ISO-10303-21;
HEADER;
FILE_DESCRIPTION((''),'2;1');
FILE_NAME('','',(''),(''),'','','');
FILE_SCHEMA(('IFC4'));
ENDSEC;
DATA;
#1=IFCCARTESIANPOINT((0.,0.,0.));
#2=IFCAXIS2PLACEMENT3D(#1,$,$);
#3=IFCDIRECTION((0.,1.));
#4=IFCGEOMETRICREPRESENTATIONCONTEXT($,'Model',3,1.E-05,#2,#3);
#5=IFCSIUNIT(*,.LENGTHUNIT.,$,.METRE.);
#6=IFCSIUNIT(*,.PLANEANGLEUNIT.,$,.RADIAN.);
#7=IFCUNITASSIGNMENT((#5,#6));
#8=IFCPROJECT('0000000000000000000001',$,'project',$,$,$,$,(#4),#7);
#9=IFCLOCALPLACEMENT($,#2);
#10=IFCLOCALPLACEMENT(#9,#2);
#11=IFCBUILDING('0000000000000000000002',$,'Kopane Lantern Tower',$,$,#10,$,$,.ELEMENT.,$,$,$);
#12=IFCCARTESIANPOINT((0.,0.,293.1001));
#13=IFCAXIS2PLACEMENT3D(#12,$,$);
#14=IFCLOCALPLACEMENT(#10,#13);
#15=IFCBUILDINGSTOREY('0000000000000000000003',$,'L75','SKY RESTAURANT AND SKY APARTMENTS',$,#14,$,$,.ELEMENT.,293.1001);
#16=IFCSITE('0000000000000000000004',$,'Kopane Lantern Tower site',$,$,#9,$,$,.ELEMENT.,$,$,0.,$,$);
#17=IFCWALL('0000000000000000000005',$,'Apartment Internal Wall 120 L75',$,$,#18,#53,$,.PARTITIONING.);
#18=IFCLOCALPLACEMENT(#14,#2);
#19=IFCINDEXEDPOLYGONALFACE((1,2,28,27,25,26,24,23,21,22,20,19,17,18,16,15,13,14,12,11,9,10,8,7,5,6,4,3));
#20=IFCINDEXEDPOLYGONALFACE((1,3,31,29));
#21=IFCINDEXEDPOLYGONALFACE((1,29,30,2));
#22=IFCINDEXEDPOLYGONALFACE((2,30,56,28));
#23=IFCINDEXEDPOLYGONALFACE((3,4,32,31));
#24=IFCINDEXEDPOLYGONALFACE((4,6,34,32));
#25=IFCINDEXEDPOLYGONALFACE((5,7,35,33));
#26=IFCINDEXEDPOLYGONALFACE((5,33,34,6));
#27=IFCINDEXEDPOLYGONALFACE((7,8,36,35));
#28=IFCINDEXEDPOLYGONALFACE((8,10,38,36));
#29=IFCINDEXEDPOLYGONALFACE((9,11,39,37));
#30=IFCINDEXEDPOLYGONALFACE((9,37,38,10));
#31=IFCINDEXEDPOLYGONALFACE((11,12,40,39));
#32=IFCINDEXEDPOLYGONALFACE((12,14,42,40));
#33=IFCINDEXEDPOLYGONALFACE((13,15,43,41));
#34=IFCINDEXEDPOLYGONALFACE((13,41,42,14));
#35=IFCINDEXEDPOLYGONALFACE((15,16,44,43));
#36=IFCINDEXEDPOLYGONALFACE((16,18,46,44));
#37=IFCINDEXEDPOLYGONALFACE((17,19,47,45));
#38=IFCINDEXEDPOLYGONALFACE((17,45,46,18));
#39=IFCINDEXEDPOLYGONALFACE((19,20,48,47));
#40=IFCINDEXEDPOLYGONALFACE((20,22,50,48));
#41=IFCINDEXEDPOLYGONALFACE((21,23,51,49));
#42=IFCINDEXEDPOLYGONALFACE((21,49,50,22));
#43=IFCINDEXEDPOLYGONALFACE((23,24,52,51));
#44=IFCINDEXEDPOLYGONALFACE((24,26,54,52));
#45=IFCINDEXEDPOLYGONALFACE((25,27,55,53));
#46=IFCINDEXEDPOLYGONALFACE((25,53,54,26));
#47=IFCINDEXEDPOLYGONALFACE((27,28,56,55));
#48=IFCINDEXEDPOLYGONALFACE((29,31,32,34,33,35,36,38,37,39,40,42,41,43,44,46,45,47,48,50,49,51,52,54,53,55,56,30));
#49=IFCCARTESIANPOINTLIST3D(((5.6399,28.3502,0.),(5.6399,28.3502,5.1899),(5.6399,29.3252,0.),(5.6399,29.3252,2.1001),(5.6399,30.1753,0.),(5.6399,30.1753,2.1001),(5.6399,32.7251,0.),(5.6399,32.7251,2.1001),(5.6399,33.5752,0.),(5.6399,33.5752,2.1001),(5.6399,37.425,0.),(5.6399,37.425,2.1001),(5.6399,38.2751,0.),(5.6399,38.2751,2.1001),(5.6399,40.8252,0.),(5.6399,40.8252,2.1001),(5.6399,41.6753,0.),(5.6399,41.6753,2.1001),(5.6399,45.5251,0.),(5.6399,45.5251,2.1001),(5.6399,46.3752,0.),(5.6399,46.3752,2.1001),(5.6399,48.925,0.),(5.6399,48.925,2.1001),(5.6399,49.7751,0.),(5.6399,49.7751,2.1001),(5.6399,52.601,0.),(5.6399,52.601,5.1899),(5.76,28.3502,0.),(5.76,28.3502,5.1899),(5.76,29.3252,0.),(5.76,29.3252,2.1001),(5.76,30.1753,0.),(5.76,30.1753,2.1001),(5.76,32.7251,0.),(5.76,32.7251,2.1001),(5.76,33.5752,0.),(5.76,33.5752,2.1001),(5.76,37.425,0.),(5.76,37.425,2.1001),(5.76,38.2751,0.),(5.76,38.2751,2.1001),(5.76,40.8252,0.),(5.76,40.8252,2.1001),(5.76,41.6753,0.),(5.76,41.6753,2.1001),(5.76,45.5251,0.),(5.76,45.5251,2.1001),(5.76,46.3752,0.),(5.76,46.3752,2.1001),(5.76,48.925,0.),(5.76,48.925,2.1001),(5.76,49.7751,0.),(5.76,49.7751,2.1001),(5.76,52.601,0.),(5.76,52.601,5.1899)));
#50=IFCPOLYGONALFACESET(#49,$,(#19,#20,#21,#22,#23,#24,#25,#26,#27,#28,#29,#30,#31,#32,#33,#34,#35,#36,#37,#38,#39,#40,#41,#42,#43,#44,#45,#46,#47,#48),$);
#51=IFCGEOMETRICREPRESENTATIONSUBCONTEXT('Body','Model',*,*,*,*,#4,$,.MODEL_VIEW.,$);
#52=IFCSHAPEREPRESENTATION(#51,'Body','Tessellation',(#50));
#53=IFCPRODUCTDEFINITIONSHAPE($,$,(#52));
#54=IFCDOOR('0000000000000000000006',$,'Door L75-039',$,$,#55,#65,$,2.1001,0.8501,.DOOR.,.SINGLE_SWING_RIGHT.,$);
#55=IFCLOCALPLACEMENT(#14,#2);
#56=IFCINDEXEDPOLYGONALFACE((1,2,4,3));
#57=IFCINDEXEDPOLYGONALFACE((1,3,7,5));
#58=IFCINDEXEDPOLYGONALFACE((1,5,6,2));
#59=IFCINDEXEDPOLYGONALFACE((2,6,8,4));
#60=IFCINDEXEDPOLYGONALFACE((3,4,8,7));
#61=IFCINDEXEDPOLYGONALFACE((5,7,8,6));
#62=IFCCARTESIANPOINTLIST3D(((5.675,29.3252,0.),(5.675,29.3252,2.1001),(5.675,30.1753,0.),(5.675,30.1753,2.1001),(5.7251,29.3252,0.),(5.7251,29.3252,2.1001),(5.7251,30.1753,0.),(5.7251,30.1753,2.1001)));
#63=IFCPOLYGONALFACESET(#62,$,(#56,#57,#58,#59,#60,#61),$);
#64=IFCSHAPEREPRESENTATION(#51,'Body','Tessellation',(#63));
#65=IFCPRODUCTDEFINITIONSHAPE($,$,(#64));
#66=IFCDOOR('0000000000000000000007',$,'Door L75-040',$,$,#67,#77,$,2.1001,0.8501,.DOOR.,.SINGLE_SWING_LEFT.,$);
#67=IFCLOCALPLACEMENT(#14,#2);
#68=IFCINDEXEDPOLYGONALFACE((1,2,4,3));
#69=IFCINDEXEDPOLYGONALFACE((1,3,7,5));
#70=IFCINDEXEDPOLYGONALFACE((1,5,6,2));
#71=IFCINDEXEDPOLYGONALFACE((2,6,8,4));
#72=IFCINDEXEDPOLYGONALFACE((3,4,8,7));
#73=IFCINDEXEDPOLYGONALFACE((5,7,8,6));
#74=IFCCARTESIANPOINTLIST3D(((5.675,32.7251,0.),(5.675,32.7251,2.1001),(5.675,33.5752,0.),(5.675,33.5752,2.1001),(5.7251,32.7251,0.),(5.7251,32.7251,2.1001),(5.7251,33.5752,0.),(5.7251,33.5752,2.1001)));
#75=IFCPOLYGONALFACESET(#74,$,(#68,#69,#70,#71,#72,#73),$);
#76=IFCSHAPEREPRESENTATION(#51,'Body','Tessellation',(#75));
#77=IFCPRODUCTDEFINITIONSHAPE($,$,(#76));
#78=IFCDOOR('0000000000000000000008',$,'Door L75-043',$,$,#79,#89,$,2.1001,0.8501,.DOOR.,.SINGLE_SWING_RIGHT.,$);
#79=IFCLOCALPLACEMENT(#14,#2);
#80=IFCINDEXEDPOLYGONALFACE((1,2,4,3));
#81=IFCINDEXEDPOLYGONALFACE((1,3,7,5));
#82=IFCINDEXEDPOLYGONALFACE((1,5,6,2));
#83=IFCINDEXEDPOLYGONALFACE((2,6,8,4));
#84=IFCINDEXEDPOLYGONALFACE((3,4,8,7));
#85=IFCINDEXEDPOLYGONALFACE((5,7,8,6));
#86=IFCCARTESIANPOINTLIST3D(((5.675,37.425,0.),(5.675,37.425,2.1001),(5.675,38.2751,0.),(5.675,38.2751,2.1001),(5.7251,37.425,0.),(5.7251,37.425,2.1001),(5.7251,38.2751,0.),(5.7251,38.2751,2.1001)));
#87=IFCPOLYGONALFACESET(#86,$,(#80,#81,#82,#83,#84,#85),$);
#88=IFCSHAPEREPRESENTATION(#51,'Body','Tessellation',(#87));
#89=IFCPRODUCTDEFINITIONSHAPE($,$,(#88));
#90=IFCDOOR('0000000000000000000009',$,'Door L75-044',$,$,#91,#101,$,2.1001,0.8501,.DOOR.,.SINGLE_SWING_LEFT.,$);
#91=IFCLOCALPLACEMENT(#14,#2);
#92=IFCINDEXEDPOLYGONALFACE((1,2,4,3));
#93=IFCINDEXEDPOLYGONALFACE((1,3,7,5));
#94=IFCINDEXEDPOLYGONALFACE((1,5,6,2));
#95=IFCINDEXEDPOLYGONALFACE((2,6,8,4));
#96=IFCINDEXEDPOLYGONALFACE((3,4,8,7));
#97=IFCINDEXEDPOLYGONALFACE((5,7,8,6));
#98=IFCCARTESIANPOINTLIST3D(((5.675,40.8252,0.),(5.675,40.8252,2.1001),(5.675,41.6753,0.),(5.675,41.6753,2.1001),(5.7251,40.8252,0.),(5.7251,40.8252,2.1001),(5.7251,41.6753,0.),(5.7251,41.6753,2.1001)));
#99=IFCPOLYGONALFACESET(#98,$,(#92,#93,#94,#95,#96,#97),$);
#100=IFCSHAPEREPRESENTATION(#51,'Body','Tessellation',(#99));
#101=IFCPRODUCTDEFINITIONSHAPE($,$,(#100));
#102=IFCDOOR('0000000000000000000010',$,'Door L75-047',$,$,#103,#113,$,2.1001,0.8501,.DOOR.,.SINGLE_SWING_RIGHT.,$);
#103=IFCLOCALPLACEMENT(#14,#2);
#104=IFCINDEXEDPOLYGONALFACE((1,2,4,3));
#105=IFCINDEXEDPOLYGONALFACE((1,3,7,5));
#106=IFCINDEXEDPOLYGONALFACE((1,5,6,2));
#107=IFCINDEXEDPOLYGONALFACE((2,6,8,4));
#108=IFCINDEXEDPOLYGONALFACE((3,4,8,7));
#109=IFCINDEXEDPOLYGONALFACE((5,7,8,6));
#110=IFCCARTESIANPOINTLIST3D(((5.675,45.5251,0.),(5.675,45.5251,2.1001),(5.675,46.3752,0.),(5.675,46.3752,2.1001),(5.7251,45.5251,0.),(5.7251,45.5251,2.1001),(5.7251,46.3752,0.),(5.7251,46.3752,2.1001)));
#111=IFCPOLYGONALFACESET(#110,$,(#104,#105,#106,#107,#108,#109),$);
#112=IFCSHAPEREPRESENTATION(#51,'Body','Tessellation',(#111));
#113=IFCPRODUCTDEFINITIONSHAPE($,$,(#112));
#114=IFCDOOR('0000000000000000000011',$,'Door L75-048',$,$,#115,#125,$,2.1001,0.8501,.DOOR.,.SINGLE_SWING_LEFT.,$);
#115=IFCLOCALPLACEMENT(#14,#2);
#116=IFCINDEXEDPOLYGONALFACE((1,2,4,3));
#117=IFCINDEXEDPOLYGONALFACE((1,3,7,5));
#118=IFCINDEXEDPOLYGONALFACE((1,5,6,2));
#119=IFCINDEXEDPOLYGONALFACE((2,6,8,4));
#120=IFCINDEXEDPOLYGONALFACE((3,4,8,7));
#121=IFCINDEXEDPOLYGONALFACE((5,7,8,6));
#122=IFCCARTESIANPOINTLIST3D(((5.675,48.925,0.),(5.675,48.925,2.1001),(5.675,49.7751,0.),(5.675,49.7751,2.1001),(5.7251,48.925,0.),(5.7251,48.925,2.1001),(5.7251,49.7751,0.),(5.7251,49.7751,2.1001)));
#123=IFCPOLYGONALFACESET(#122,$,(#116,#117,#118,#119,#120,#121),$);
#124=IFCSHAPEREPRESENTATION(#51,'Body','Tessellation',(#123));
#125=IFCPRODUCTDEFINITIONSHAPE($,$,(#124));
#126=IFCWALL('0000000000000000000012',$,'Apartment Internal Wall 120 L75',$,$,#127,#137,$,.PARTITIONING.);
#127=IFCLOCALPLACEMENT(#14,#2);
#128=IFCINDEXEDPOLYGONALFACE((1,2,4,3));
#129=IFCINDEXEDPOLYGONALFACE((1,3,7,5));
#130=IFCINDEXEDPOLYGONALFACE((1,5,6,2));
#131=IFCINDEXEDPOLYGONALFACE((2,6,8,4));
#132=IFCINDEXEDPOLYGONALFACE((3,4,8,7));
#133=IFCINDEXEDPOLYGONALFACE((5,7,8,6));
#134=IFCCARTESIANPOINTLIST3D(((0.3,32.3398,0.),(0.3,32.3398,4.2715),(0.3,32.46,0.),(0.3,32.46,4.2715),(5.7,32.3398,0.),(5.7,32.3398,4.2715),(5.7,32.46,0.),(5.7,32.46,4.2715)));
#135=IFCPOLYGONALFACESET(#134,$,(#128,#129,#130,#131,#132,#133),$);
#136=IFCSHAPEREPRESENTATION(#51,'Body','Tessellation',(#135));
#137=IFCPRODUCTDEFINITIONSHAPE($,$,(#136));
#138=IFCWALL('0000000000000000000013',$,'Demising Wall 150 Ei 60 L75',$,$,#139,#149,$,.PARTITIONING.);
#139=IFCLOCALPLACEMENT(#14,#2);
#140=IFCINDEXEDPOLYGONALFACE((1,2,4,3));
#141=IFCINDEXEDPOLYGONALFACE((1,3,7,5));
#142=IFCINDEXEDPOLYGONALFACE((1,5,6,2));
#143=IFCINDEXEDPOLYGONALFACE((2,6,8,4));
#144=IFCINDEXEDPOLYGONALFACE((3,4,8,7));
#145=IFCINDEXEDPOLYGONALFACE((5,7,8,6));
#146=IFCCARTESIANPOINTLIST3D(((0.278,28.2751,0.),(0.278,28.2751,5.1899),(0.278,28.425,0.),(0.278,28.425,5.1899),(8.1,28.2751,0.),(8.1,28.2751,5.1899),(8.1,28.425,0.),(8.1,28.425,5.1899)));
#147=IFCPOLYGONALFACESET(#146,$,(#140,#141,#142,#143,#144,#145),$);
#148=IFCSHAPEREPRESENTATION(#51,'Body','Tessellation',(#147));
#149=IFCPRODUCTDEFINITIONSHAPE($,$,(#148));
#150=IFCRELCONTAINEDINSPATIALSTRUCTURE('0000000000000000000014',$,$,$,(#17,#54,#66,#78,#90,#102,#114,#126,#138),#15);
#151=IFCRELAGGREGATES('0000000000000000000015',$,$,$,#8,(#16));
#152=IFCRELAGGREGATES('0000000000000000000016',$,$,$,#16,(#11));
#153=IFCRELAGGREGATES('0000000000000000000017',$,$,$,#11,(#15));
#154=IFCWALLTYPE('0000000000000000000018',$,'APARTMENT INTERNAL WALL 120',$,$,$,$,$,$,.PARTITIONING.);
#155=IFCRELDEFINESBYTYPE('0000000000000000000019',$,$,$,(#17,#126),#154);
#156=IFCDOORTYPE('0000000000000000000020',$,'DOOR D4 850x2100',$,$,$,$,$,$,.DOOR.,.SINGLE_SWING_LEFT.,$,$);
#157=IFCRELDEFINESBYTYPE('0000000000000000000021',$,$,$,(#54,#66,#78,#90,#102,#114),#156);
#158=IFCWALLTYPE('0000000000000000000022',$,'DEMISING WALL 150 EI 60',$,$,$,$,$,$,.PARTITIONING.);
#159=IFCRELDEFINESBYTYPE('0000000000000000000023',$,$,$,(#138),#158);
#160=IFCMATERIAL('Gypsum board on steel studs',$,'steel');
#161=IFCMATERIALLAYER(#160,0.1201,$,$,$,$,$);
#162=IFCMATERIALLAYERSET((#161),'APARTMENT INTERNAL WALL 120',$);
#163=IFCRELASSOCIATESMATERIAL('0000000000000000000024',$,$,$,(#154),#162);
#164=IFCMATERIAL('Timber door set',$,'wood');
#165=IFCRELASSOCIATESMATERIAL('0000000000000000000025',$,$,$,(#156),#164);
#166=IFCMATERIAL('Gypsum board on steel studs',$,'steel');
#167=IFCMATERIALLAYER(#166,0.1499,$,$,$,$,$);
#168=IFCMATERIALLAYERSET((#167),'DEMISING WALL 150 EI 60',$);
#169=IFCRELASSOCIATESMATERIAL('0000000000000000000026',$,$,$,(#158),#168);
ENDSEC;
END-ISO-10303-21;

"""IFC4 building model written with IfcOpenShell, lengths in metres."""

from ifc_helpers import new_model, si_unit, direction, frame, frame_2d, origin, place, context, subcontext, project, spatial, rectangle, extrude, material, layer, layer_set, type_object, element, fill, save


model = new_model("IFC4")

# Units and contexts
model_context = context("Model", 3, precision=1e-05, world=origin(), true_north=direction((0.0, 1.0)))
body_context = subcontext(model_context, "Body", "Model", "MODEL_VIEW")
ifc_project = project(units=[si_unit("LENGTHUNIT", "METRE"), si_unit("PLANEANGLEUNIT", "RADIAN")], contexts=[model_context])

# Site, building, storey
site_placement = place(None, origin())
site = spatial("IfcSite", under=ifc_project, at=site_placement, Name="Kopane Lantern Tower site", CompositionType="ELEMENT", RefElevation=0.0)
building_placement = place(site_placement, origin())
building = spatial("IfcBuilding", under=site, at=building_placement, Name="Kopane Lantern Tower", CompositionType="ELEMENT")
storey_placement = place(building_placement, frame((0.0, 0.0, 293.1001)))
storey = spatial("IfcBuildingStorey", under=building, at=storey_placement, Name="L75", Description="SKY RESTAURANT AND SKY APARTMENTS", CompositionType="ELEMENT", Elevation=293.1001)

# Wall, openings, doors
ifc_material_1 = material(Name="Gypsum board on steel studs", Category="steel")
ifc_layer_1 = layer(ifc_material_1, 0.1201)
ifc_layer_set_1 = layer_set([ifc_layer_1], Name="APARTMENT INTERNAL WALL 120")
wall_type_1 = type_object("IfcWallType", Name="APARTMENT INTERNAL WALL 120", PredefinedType="PARTITIONING", material=ifc_layer_set_1)
wall_1_placement = place(storey_placement, frame((5.7, 28.3501, 0.0), z_axis=(0.0, 0.0, 1.0), x_axis=(0.0, 1.0, 0.0)))
wall_1 = element("IfcWall", 1, at=wall_1_placement, inside=storey, type_object=wall_type_1, Name="Apartment Internal Wall 120 L75", PredefinedType="PARTITIONING", context=body_context, shape_type="SweptSolid", body=[
    extrude(rectangle(XDim=24.2507, YDim=0.1201, at=frame_2d((12.1255, 0.0))), origin(), (0.0, 0.0, 1.0), 5.1899),
])
opening_1_placement = place(wall_1_placement, frame((0.9751, 0.0, 0.0)))
opening_1 = element("IfcOpeningElement", 2, at=opening_1_placement, cuts=wall_1, PredefinedType="OPENING", context=body_context, shape_type="SweptSolid", body=[
    extrude(rectangle(XDim=0.8501, YDim=2.1001, at=frame_2d((0.425, 1.05))), frame((0.0, 0.0701, 0.0), z_axis=(0.0, -1.0, 0.0), x_axis=(1.0, 0.0, 0.0)), (0.0, 0.0, 1.0), 0.1401),
])
opening_2_placement = place(wall_1_placement, frame((4.375, 0.0, 0.0)))
opening_2 = element("IfcOpeningElement", 3, at=opening_2_placement, cuts=wall_1, PredefinedType="OPENING", context=body_context, shape_type="SweptSolid", body=[
    extrude(rectangle(XDim=0.8501, YDim=2.1001, at=frame_2d((0.425, 1.05))), frame((0.0, 0.0701, 0.0), z_axis=(0.0, -1.0, 0.0), x_axis=(1.0, 0.0, 0.0)), (0.0, 0.0, 1.0), 0.1401),
])
opening_3_placement = place(wall_1_placement, frame((9.075, 0.0, 0.0)))
opening_3 = element("IfcOpeningElement", 4, at=opening_3_placement, cuts=wall_1, PredefinedType="OPENING", context=body_context, shape_type="SweptSolid", body=[
    extrude(rectangle(XDim=0.8501, YDim=2.1001, at=frame_2d((0.425, 1.05))), frame((0.0, 0.0701, 0.0), z_axis=(0.0, -1.0, 0.0), x_axis=(1.0, 0.0, 0.0)), (0.0, 0.0, 1.0), 0.1401),
])
opening_4_placement = place(wall_1_placement, frame((12.4751, 0.0, 0.0)))
opening_4 = element("IfcOpeningElement", 5, at=opening_4_placement, cuts=wall_1, PredefinedType="OPENING", context=body_context, shape_type="SweptSolid", body=[
    extrude(rectangle(XDim=0.8501, YDim=2.1001, at=frame_2d((0.425, 1.05))), frame((0.0, 0.0701, 0.0), z_axis=(0.0, -1.0, 0.0), x_axis=(1.0, 0.0, 0.0)), (0.0, 0.0, 1.0), 0.1401),
])
opening_5_placement = place(wall_1_placement, frame((17.175, 0.0, 0.0)))
opening_5 = element("IfcOpeningElement", 6, at=opening_5_placement, cuts=wall_1, PredefinedType="OPENING", context=body_context, shape_type="SweptSolid", body=[
    extrude(rectangle(XDim=0.8501, YDim=2.1001, at=frame_2d((0.425, 1.05))), frame((0.0, 0.0701, 0.0), z_axis=(0.0, -1.0, 0.0), x_axis=(1.0, 0.0, 0.0)), (0.0, 0.0, 1.0), 0.1401),
])
opening_6_placement = place(wall_1_placement, frame((20.575, 0.0, 0.0)))
opening_6 = element("IfcOpeningElement", 7, at=opening_6_placement, cuts=wall_1, PredefinedType="OPENING", context=body_context, shape_type="SweptSolid", body=[
    extrude(rectangle(XDim=0.8501, YDim=2.1001, at=frame_2d((0.425, 1.05))), frame((0.0, 0.0701, 0.0), z_axis=(0.0, -1.0, 0.0), x_axis=(1.0, 0.0, 0.0)), (0.0, 0.0, 1.0), 0.1401),
])
ifc_material_2 = material(Name="Timber door set", Category="wood")
door_type = type_object("IfcDoorType", Name="DOOR D4 850x2100", OperationType="SINGLE_SWING_LEFT", PredefinedType="DOOR", material=ifc_material_2)
door_1_placement = place(opening_1_placement, origin())
door_1 = element("IfcDoor", 8, at=door_1_placement, inside=storey, type_object=door_type, Name="Door L75-039", OperationType="SINGLE_SWING_RIGHT", OverallHeight=2.1001, OverallWidth=0.8501, PredefinedType="DOOR", context=body_context, shape_type="SweptSolid", body=[
    extrude(rectangle(XDim=0.8501, YDim=2.1001, at=frame_2d((0.425, 1.05))), frame((0.0, 0.0249, 0.0), z_axis=(0.0, -1.0, 0.0), x_axis=(1.0, 0.0, 0.0)), (0.0, 0.0, 1.0), 0.05),
])
fill(opening_1, door_1)
door_2_placement = place(opening_2_placement, origin())
door_2 = element("IfcDoor", 9, at=door_2_placement, inside=storey, type_object=door_type, Name="Door L75-040", OperationType="SINGLE_SWING_LEFT", OverallHeight=2.1001, OverallWidth=0.8501, PredefinedType="DOOR", context=body_context, shape_type="SweptSolid", body=[
    extrude(rectangle(XDim=0.8501, YDim=2.1001, at=frame_2d((0.425, 1.05))), frame((0.0, 0.0249, 0.0), z_axis=(0.0, -1.0, 0.0), x_axis=(1.0, 0.0, 0.0)), (0.0, 0.0, 1.0), 0.05),
])
fill(opening_2, door_2)
door_3_placement = place(opening_3_placement, origin())
door_3 = element("IfcDoor", 10, at=door_3_placement, inside=storey, type_object=door_type, Name="Door L75-043", OperationType="SINGLE_SWING_RIGHT", OverallHeight=2.1001, OverallWidth=0.8501, PredefinedType="DOOR", context=body_context, shape_type="SweptSolid", body=[
    extrude(rectangle(XDim=0.8501, YDim=2.1001, at=frame_2d((0.425, 1.05))), frame((0.0, 0.0249, 0.0), z_axis=(0.0, -1.0, 0.0), x_axis=(1.0, 0.0, 0.0)), (0.0, 0.0, 1.0), 0.05),
])
fill(opening_3, door_3)
door_4_placement = place(opening_4_placement, origin())
door_4 = element("IfcDoor", 11, at=door_4_placement, inside=storey, type_object=door_type, Name="Door L75-044", OperationType="SINGLE_SWING_LEFT", OverallHeight=2.1001, OverallWidth=0.8501, PredefinedType="DOOR", context=body_context, shape_type="SweptSolid", body=[
    extrude(rectangle(XDim=0.8501, YDim=2.1001, at=frame_2d((0.425, 1.05))), frame((0.0, 0.0249, 0.0), z_axis=(0.0, -1.0, 0.0), x_axis=(1.0, 0.0, 0.0)), (0.0, 0.0, 1.0), 0.05),
])
fill(opening_4, door_4)
door_5_placement = place(opening_5_placement, origin())
door_5 = element("IfcDoor", 12, at=door_5_placement, inside=storey, type_object=door_type, Name="Door L75-047", OperationType="SINGLE_SWING_RIGHT", OverallHeight=2.1001, OverallWidth=0.8501, PredefinedType="DOOR", context=body_context, shape_type="SweptSolid", body=[
    extrude(rectangle(XDim=0.8501, YDim=2.1001, at=frame_2d((0.425, 1.05))), frame((0.0, 0.0249, 0.0), z_axis=(0.0, -1.0, 0.0), x_axis=(1.0, 0.0, 0.0)), (0.0, 0.0, 1.0), 0.05),
])
fill(opening_5, door_5)
door_6_placement = place(opening_6_placement, origin())
door_6 = element("IfcDoor", 13, at=door_6_placement, inside=storey, type_object=door_type, Name="Door L75-048", OperationType="SINGLE_SWING_LEFT", OverallHeight=2.1001, OverallWidth=0.8501, PredefinedType="DOOR", context=body_context, shape_type="SweptSolid", body=[
    extrude(rectangle(XDim=0.8501, YDim=2.1001, at=frame_2d((0.425, 1.05))), frame((0.0, 0.0249, 0.0), z_axis=(0.0, -1.0, 0.0), x_axis=(1.0, 0.0, 0.0)), (0.0, 0.0, 1.0), 0.05),
])
fill(opening_6, door_6)

# Walls
wall_2_placement = place(storey_placement, frame((5.7, 32.3999, 0.0), z_axis=(0.0, 0.0, 1.0), x_axis=(-1.0, 0.0, 0.0)))
element("IfcWall", 14, at=wall_2_placement, inside=storey, type_object=wall_type_1, Name="Apartment Internal Wall 120 L75", PredefinedType="PARTITIONING", context=body_context, shape_type="SweptSolid", body=[
    extrude(rectangle(XDim=5.3999, YDim=0.1201, at=frame_2d((2.7, 0.0))), origin(), (0.0, 0.0, 1.0), 4.2715),
])
ifc_material_3 = material(Name="Gypsum board on steel studs", Category="steel")
ifc_layer_2 = layer(ifc_material_3, 0.1499)
ifc_layer_set_2 = layer_set([ifc_layer_2], Name="DEMISING WALL 150 EI 60")
wall_type_2 = type_object("IfcWallType", Name="DEMISING WALL 150 EI 60", PredefinedType="PARTITIONING", material=ifc_layer_set_2)
wall_3_placement = place(storey_placement, frame((8.1001, 28.3501, 0.0), z_axis=(0.0, 0.0, 1.0), x_axis=(-1.0, 0.0, 0.0)))
element("IfcWall", 15, at=wall_3_placement, inside=storey, type_object=wall_type_2, Name="Demising Wall 150 Ei 60 L75", PredefinedType="PARTITIONING", context=body_context, shape_type="SweptSolid", body=[
    extrude(rectangle(XDim=7.822, YDim=0.1499, at=frame_2d((3.9111, 0.0))), origin(), (0.0, 0.0, 1.0), 5.1899),
])

save(model, "model.ifc")
